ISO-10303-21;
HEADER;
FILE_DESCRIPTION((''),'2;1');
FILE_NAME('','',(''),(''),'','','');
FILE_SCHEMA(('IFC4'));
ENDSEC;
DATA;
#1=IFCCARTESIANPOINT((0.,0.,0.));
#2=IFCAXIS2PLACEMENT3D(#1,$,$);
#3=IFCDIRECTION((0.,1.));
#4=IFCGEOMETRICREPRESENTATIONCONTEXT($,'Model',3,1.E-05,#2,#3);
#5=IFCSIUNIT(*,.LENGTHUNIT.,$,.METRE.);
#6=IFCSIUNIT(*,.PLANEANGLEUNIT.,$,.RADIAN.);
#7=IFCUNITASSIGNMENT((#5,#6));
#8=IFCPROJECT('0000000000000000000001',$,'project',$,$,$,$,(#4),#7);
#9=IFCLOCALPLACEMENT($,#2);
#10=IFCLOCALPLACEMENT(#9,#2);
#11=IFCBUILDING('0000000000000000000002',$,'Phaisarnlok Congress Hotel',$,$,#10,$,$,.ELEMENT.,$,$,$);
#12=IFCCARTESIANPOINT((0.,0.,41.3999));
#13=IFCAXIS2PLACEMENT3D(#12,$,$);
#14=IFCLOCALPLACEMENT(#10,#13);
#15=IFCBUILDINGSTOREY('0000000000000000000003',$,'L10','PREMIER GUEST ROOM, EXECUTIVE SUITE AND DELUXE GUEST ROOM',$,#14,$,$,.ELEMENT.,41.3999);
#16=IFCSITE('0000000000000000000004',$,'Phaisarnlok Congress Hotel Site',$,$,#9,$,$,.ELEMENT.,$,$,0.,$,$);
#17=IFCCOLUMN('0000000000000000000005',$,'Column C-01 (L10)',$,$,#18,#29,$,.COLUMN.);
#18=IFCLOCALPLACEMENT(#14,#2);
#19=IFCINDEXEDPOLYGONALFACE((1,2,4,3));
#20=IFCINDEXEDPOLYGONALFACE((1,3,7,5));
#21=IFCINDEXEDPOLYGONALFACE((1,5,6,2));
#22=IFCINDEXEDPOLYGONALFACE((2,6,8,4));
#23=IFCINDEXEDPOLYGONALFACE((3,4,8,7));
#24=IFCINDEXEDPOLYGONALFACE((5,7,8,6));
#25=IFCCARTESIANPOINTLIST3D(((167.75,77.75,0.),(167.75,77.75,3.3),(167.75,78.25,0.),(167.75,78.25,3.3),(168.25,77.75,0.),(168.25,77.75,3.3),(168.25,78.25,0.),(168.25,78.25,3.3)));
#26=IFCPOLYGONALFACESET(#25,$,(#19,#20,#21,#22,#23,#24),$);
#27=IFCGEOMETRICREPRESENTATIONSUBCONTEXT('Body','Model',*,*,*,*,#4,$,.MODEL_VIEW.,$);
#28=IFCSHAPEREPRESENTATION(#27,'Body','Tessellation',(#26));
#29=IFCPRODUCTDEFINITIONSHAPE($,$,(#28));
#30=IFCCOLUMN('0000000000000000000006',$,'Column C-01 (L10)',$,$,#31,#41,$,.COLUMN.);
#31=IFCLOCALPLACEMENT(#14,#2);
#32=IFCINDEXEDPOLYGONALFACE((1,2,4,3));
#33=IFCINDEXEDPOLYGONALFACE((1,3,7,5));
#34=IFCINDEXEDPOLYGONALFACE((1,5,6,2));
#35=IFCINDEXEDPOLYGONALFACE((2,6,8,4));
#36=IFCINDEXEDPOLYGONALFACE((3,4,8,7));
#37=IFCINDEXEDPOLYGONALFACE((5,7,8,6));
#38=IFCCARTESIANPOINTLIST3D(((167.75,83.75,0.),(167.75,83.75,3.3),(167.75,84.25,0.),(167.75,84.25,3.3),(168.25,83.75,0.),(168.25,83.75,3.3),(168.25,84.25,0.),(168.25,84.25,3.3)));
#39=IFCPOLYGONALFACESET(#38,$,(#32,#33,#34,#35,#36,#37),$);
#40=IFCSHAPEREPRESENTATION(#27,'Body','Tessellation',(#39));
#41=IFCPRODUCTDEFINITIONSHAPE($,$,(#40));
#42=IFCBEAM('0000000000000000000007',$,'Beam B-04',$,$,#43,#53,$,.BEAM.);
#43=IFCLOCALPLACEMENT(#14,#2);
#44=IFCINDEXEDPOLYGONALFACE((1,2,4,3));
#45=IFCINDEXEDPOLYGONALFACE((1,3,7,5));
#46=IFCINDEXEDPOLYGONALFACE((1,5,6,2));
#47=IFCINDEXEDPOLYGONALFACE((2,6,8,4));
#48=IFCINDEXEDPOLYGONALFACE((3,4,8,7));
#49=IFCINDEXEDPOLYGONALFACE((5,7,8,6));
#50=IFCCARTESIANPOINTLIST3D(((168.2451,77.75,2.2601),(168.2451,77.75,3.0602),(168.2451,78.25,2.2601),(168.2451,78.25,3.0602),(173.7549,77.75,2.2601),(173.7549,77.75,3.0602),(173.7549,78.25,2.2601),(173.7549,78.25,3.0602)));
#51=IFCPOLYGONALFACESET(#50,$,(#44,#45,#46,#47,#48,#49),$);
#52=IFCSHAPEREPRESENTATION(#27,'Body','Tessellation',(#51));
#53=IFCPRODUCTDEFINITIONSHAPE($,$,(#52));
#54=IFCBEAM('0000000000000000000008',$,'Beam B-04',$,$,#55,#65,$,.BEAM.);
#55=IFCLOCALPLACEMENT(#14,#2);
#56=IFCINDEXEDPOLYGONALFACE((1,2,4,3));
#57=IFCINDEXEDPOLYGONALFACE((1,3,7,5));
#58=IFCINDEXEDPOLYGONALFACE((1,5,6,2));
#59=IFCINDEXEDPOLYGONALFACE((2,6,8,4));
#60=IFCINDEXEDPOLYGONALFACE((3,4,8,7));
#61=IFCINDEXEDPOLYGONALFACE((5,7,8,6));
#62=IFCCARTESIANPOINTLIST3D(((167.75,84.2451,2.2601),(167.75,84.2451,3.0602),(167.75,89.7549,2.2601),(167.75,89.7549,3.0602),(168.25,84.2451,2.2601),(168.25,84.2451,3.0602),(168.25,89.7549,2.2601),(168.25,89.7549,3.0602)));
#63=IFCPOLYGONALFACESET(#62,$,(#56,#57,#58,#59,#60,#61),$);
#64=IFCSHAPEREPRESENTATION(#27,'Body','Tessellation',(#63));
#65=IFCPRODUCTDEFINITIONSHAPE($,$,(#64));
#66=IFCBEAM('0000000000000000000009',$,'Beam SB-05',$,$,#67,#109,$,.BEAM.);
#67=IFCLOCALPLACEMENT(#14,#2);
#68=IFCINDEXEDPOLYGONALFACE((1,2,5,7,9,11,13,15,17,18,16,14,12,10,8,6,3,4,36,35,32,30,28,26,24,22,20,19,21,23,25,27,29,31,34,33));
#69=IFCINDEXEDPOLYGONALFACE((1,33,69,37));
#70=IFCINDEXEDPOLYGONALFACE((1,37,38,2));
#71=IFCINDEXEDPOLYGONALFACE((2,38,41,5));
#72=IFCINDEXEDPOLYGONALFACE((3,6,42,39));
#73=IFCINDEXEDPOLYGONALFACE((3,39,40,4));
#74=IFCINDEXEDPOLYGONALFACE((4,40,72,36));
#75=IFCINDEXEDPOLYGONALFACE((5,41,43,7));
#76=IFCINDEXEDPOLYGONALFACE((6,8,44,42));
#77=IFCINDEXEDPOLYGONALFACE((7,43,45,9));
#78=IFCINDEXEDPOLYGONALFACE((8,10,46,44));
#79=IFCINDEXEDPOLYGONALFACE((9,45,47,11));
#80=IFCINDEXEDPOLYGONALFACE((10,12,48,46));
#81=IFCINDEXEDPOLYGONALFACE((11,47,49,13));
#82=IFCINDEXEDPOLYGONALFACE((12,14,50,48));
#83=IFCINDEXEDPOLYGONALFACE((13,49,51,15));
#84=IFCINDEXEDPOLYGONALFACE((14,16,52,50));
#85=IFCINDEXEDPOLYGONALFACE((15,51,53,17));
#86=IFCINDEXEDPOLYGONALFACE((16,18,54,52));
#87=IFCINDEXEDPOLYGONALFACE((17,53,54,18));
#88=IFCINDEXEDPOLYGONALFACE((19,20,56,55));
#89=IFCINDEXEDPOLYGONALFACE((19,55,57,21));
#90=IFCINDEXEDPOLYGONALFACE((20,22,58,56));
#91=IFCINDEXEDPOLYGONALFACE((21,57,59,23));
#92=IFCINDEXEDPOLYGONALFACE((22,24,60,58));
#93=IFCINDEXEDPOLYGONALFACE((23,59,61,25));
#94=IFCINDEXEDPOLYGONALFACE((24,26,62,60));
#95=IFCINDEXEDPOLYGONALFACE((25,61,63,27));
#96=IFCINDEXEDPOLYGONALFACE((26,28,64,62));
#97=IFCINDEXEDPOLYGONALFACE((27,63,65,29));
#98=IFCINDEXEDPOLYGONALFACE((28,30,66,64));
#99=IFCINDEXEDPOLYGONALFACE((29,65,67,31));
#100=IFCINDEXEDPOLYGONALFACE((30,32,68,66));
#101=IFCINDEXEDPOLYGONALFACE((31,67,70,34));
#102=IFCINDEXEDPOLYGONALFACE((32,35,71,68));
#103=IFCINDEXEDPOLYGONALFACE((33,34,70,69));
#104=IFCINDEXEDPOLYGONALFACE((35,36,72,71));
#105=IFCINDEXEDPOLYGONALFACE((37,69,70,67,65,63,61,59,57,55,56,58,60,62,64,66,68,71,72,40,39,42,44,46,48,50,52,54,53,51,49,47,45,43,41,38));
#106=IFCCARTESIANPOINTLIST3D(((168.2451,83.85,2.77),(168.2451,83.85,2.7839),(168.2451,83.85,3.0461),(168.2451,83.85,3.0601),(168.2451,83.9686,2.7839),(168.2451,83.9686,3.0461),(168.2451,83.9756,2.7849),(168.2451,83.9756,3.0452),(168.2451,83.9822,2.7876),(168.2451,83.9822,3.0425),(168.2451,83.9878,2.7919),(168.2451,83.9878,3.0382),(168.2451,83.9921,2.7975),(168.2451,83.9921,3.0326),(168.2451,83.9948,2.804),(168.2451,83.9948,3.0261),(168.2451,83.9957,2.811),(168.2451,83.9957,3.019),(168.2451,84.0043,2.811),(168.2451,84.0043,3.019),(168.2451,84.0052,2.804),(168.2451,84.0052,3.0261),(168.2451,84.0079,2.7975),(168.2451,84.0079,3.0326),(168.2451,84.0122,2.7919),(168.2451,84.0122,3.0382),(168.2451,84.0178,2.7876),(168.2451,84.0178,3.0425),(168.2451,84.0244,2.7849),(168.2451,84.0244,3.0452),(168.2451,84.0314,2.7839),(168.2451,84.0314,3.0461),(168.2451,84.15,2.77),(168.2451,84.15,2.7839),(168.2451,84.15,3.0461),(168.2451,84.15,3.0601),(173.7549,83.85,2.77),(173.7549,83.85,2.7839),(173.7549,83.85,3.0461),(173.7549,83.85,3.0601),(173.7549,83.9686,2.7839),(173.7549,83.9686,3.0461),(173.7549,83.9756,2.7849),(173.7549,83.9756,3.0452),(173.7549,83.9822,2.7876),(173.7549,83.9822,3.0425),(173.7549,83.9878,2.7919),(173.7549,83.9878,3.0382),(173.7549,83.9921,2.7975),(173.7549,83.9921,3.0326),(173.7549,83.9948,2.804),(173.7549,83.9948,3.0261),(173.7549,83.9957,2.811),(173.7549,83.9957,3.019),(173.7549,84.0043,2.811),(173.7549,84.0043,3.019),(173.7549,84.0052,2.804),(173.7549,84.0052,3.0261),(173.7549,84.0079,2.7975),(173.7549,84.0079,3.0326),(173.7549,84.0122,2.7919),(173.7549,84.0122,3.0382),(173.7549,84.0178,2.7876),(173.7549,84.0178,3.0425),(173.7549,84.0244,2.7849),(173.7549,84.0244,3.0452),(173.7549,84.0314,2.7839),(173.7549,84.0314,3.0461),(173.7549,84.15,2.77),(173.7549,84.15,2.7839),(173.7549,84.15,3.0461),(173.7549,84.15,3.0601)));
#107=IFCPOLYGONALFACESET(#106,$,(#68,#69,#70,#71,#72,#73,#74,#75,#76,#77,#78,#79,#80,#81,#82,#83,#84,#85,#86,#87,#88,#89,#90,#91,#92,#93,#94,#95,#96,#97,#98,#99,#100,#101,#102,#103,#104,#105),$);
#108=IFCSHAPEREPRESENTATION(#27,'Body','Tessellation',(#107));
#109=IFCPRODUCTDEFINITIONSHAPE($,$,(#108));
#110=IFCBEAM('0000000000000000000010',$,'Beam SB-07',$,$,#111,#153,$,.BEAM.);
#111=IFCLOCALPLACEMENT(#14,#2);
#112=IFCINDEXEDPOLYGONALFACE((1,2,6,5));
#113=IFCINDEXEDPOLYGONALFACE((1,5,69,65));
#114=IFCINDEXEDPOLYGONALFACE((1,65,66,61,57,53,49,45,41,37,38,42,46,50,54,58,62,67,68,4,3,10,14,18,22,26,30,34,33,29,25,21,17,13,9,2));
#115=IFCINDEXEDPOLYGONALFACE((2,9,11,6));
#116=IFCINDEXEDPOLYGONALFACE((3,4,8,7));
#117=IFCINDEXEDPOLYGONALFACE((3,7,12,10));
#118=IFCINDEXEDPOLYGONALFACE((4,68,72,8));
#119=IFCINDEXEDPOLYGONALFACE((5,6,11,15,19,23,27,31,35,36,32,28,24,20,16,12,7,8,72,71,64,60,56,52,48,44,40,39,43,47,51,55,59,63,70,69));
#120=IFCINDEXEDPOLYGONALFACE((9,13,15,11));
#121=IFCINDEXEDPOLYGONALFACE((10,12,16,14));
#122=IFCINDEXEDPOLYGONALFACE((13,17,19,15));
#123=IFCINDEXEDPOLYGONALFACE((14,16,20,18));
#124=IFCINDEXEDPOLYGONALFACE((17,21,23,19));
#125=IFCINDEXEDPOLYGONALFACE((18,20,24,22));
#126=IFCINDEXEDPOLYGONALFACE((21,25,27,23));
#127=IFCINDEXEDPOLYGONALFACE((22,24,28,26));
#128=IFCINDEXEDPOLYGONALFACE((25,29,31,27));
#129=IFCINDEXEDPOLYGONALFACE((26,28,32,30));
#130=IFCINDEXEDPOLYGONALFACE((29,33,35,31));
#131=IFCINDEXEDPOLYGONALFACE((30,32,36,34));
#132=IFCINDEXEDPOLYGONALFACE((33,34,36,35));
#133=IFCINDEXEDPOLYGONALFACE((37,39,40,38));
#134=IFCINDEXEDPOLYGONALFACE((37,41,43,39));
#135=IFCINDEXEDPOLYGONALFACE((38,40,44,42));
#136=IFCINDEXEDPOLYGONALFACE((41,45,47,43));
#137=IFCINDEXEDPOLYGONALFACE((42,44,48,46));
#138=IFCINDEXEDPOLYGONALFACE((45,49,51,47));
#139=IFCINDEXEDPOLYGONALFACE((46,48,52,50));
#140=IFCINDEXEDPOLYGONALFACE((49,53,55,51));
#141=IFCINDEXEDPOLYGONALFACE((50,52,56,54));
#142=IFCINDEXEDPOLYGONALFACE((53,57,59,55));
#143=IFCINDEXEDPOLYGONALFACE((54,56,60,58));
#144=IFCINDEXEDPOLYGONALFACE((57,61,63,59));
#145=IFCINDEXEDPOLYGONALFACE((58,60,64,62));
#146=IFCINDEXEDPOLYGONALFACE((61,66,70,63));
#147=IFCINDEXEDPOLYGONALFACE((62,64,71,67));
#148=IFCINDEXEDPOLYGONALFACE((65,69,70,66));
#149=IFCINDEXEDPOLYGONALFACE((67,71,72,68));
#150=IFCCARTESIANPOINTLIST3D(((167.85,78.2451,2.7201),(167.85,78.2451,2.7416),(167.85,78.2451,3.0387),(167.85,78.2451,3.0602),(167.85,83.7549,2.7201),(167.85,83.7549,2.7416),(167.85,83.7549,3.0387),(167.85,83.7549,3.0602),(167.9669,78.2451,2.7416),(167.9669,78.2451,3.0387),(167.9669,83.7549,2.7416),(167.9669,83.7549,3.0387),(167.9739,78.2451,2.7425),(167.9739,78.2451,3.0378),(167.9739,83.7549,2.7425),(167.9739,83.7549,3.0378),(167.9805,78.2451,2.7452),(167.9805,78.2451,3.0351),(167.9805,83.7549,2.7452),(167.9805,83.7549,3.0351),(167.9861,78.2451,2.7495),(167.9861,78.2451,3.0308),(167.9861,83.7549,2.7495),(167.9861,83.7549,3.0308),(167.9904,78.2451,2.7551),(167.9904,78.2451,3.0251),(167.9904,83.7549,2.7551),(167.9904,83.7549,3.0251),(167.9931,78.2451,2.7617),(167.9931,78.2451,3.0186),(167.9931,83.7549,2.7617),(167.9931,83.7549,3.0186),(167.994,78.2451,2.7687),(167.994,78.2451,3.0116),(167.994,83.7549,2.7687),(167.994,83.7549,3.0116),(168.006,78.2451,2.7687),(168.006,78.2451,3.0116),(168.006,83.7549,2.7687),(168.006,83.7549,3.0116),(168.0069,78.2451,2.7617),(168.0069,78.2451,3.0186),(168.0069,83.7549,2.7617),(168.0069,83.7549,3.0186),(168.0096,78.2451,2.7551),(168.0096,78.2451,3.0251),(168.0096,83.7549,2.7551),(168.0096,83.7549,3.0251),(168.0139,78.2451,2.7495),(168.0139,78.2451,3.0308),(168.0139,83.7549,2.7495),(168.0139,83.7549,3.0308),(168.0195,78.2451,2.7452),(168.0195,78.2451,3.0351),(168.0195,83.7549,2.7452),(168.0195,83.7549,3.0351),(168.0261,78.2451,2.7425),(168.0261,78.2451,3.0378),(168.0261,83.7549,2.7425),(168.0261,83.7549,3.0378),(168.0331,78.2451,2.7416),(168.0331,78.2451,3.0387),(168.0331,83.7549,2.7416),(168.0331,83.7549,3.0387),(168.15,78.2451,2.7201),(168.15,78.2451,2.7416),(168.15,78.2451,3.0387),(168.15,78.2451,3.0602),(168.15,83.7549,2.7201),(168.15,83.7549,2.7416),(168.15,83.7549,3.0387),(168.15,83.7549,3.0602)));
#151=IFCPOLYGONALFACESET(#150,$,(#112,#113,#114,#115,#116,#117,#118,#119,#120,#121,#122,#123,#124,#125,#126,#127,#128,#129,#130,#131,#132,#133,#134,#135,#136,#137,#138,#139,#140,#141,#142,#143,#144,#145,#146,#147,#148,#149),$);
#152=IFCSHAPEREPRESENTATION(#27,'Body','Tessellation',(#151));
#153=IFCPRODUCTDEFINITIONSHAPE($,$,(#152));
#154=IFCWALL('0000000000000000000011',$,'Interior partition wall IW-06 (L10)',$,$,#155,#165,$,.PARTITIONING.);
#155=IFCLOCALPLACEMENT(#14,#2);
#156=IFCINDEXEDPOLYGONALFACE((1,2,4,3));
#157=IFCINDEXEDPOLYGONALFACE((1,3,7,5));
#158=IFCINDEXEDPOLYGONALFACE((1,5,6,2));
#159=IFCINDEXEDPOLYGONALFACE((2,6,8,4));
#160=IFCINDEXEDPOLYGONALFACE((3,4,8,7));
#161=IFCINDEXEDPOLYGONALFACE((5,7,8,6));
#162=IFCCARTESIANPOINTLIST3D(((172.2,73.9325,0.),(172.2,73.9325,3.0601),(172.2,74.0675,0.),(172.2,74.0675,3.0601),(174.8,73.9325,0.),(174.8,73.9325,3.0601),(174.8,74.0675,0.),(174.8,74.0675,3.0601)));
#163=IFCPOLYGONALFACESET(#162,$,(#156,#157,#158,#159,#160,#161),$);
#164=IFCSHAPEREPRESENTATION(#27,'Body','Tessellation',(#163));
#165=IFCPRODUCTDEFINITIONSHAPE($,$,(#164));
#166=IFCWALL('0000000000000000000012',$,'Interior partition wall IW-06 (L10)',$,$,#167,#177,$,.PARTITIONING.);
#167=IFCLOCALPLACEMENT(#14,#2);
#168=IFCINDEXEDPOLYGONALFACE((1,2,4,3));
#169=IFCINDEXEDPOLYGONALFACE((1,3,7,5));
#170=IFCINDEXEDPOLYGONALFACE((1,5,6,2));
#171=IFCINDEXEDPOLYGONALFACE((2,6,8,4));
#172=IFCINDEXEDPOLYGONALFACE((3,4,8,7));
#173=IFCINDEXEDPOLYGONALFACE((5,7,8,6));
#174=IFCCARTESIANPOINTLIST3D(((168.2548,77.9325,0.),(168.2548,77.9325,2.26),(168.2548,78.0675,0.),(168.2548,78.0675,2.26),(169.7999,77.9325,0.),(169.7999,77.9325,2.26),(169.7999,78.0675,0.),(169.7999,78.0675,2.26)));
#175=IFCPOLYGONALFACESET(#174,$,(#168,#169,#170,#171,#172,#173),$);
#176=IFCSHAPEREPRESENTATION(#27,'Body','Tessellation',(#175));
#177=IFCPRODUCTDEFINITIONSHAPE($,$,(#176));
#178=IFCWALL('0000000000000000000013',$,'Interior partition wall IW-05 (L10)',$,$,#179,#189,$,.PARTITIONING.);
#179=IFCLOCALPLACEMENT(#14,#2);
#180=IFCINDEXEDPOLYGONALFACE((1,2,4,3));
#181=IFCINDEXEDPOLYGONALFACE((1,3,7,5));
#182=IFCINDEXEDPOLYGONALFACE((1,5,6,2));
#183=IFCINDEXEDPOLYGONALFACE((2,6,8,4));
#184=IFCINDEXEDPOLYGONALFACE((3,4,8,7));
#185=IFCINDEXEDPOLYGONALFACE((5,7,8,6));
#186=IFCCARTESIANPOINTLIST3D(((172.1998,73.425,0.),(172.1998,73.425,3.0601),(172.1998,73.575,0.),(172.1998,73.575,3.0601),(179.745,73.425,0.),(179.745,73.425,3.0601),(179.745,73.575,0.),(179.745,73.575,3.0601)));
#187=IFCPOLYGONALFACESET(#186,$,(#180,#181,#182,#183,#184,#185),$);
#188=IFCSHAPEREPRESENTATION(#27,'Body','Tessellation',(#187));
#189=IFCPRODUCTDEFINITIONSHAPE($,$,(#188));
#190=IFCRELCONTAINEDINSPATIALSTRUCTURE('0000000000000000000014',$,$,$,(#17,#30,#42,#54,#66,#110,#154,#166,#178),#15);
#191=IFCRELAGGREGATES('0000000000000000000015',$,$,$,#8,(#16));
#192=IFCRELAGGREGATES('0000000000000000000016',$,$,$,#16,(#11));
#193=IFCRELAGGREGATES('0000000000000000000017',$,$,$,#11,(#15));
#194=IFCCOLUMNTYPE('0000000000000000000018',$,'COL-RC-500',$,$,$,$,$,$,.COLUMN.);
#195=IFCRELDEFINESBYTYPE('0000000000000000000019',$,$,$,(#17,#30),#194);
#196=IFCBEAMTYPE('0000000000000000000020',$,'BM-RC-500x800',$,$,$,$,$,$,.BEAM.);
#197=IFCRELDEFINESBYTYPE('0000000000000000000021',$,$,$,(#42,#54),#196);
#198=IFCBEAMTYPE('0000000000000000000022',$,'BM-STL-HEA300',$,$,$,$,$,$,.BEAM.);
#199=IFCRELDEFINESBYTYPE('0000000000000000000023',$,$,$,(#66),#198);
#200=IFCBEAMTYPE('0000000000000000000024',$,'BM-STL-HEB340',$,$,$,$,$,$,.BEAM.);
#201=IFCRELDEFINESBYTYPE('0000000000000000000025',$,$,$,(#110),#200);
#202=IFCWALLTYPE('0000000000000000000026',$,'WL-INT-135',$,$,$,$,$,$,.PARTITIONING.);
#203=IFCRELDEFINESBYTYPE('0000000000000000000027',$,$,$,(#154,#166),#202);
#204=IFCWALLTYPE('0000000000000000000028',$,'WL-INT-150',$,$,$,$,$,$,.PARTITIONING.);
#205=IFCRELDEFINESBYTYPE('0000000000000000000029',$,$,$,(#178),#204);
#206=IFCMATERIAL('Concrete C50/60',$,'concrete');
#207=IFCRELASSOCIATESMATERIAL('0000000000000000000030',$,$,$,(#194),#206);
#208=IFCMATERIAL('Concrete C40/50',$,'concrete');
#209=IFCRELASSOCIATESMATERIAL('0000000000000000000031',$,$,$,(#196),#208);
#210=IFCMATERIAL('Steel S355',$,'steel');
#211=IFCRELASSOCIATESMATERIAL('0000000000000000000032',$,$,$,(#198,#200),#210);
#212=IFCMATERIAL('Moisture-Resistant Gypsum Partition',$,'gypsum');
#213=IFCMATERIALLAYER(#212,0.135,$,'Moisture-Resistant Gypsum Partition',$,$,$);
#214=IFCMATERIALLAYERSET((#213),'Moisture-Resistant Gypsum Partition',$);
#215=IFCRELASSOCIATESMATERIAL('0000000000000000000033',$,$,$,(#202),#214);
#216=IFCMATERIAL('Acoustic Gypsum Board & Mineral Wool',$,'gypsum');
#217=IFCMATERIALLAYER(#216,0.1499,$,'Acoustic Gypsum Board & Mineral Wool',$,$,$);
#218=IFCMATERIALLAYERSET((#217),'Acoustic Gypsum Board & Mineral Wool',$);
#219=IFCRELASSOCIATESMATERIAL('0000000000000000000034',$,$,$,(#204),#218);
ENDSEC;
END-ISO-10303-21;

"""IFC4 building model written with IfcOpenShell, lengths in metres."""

from ifc_helpers import new_model, si_unit, direction, frame, frame_2d, origin, origin_2d, place, context, subcontext, project, spatial, rectangle, i_section, extrude, material, layer, layer_set, material_profile, profile_set, type_object, element, save


model = new_model("IFC4")

# Units and contexts
model_context = context("Model", 3, precision=1e-05, world=origin(), true_north=direction((0.0, 1.0)))
body_context = subcontext(model_context, "Body", "Model", "MODEL_VIEW")
ifc_project = project(units=[si_unit("LENGTHUNIT", "METRE"), si_unit("PLANEANGLEUNIT", "RADIAN")], contexts=[model_context])

# Site, building, storey
site_placement = place(None, origin())
site = spatial("IfcSite", under=ifc_project, at=site_placement, Name="Phaisarnlok Congress Hotel Site", CompositionType="ELEMENT", RefElevation=0.0)
building_placement = place(site_placement, origin())
building = spatial("IfcBuilding", under=site, at=building_placement, Name="Phaisarnlok Congress Hotel", CompositionType="ELEMENT")
storey_placement = place(building_placement, frame((0.0, 0.0, 41.3999)))
storey = spatial("IfcBuildingStorey", under=building, at=storey_placement, Name="L10", Description="PREMIER GUEST ROOM, EXECUTIVE SUITE AND DELUXE GUEST ROOM", CompositionType="ELEMENT", Elevation=41.3999)

# Columns
ifc_material_1 = material(Name="Concrete C50/60", Category="concrete")
ifc_material_profile_1 = material_profile(ifc_material_1, rectangle(XDim=0.5, YDim=0.5, at=origin_2d()), Name="RC 500x500")
ifc_profile_set_1 = profile_set([ifc_material_profile_1], Name="Concrete C50/60")
column_type = type_object("IfcColumnType", Name="COL-RC-500", PredefinedType="COLUMN", material=ifc_profile_set_1)
for number, where, z_axis, x_axis, name in (
    (1, (168.0, 78.0, 0.0), (0.0, 0.0, 1.0), (1.0, 0.0, 0.0), "Column C-01 (L10)"),
    (2, (168.0, 84.0, 0.0), (0.0, 0.0, 1.0), (1.0, 0.0, 0.0), "Column C-01 (L10)"),
):
    element("IfcColumn", number, at=place(storey_placement, frame(where, z_axis=z_axis, x_axis=x_axis)), inside=storey, type_object=column_type, Name=name, PredefinedType="COLUMN", context=body_context, shape_type="SweptSolid", body=[
        extrude(rectangle(XDim=0.5, YDim=0.5, at=origin_2d()), origin(), (0.0, 0.0, 1.0), 3.3),
    ])

# Beams
ifc_material_2 = material(Name="Concrete C40/50", Category="concrete")
ifc_material_profile_2 = material_profile(ifc_material_2, rectangle(XDim=0.5, YDim=0.8, at=origin_2d()), Name="RC 500x800")
ifc_profile_set_2 = profile_set([ifc_material_profile_2], Name="Concrete C40/50")
beam_type_1 = type_object("IfcBeamType", Name="BM-RC-500x800", PredefinedType="BEAM", material=ifc_profile_set_2)
for number, where, z_axis, x_axis, name in (
    (3, (168.2451, 78.0, 2.6602), (1.0, 0.0, 0.0), (0.0, 1.0, 0.0), "Beam B-04"),
    (4, (168.0, 84.2451, 2.6602), (0.0, 1.0, 0.0), (-1.0, 0.0, 0.0), "Beam B-04"),
):
    element("IfcBeam", number, at=place(storey_placement, frame(where, z_axis=z_axis, x_axis=x_axis)), inside=storey, type_object=beam_type_1, Name=name, PredefinedType="BEAM", context=body_context, shape_type="SweptSolid", body=[
        extrude(rectangle(XDim=0.5, YDim=0.8, at=origin_2d()), origin(), (0.0, 0.0, 1.0), 5.5098),
    ])
ifc_material_3 = material(Name="Steel S355", Category="steel")
ifc_material_profile_3 = material_profile(ifc_material_3, i_section(OverallWidth=0.3, OverallDepth=0.29, WebThickness=0.0085, FlangeThickness=0.0139, FilletRadius=0.0271, at=origin_2d()), Name="HEA 300")
ifc_profile_set_3 = profile_set([ifc_material_profile_3], Name="Steel S355")
beam_type_2 = type_object("IfcBeamType", Name="BM-STL-HEA300", PredefinedType="BEAM", material=ifc_profile_set_3)
beam_1_placement = place(storey_placement, frame((168.2451, 84.0, 2.915), z_axis=(1.0, 0.0, 0.0), x_axis=(0.0, 1.0, 0.0)))
element("IfcBeam", 5, at=beam_1_placement, inside=storey, type_object=beam_type_2, Name="Beam SB-05", PredefinedType="BEAM", context=body_context, shape_type="SweptSolid", body=[
    extrude(i_section(OverallWidth=0.3, OverallDepth=0.29, WebThickness=0.0085, FlangeThickness=0.0139, FilletRadius=0.0271, at=origin_2d()), origin(), (0.0, 0.0, 1.0), 5.5098),
])
ifc_material_profile_4 = material_profile(ifc_material_3, i_section(OverallWidth=0.3, OverallDepth=0.3401, WebThickness=0.012, FlangeThickness=0.0215, FilletRadius=0.0271, at=origin_2d()), Name="HEB 340")
ifc_profile_set_4 = profile_set([ifc_material_profile_4], Name="Steel S355")
beam_type_3 = type_object("IfcBeamType", Name="BM-STL-HEB340", PredefinedType="BEAM", material=ifc_profile_set_4)
beam_2_placement = place(storey_placement, frame((168.0, 78.2451, 2.8901), z_axis=(0.0, 1.0, 0.0), x_axis=(-1.0, 0.0, 0.0)))
element("IfcBeam", 6, at=beam_2_placement, inside=storey, type_object=beam_type_3, Name="Beam SB-07", PredefinedType="BEAM", context=body_context, shape_type="SweptSolid", body=[
    extrude(i_section(OverallWidth=0.3, OverallDepth=0.3401, WebThickness=0.012, FlangeThickness=0.0215, FilletRadius=0.0271, at=origin_2d()), origin(), (0.0, 0.0, 1.0), 5.5098),
])

# Walls
ifc_material_4 = material(Name="Moisture-Resistant Gypsum Partition", Category="gypsum")
ifc_layer_1 = layer(ifc_material_4, 0.135, Name="Moisture-Resistant Gypsum Partition")
ifc_layer_set_1 = layer_set([ifc_layer_1], Name="Moisture-Resistant Gypsum Partition")
wall_type_1 = type_object("IfcWallType", Name="WL-INT-135", PredefinedType="PARTITIONING", material=ifc_layer_set_1)
wall_1_placement = place(storey_placement, frame((172.2, 74.0, 0.0), z_axis=(0.0, 0.0, 1.0), x_axis=(1.0, 0.0, 0.0)))
element("IfcWall", 7, at=wall_1_placement, inside=storey, type_object=wall_type_1, Name="Interior partition wall IW-06 (L10)", PredefinedType="PARTITIONING", context=body_context, shape_type="SweptSolid", body=[
    extrude(rectangle(XDim=2.6001, YDim=0.135, at=frame_2d((1.3, 0.0))), origin(), (0.0, 0.0, 1.0), 3.0601),
])
wall_2_placement = place(storey_placement, frame((168.2549, 78.0, 0.0), z_axis=(0.0, 0.0, 1.0), x_axis=(1.0, 0.0, 0.0)))
element("IfcWall", 8, at=wall_2_placement, inside=storey, type_object=wall_type_1, Name="Interior partition wall IW-06 (L10)", PredefinedType="PARTITIONING", context=body_context, shape_type="SweptSolid", body=[
    extrude(rectangle(XDim=1.5452, YDim=0.135, at=frame_2d((0.7725, 0.0))), origin(), (0.0, 0.0, 1.0), 2.26),
])
ifc_material_5 = material(Name="Acoustic Gypsum Board & Mineral Wool", Category="gypsum")
ifc_layer_2 = layer(ifc_material_5, 0.1499, Name="Acoustic Gypsum Board & Mineral Wool")
ifc_layer_set_2 = layer_set([ifc_layer_2], Name="Acoustic Gypsum Board & Mineral Wool")
wall_type_2 = type_object("IfcWallType", Name="WL-INT-150", PredefinedType="PARTITIONING", material=ifc_layer_set_2)
wall_3_placement = place(storey_placement, frame((172.2, 73.5, 0.0), z_axis=(0.0, 0.0, 1.0), x_axis=(1.0, 0.0, 0.0)))
element("IfcWall", 9, at=wall_3_placement, inside=storey, type_object=wall_type_2, Name="Interior partition wall IW-05 (L10)", PredefinedType="PARTITIONING", context=body_context, shape_type="SweptSolid", body=[
    extrude(rectangle(XDim=7.5452, YDim=0.1499, at=frame_2d((3.7725, 0.0))), origin(), (0.0, 0.0, 1.0), 3.0601),
])

save(model, "model.ifc")
